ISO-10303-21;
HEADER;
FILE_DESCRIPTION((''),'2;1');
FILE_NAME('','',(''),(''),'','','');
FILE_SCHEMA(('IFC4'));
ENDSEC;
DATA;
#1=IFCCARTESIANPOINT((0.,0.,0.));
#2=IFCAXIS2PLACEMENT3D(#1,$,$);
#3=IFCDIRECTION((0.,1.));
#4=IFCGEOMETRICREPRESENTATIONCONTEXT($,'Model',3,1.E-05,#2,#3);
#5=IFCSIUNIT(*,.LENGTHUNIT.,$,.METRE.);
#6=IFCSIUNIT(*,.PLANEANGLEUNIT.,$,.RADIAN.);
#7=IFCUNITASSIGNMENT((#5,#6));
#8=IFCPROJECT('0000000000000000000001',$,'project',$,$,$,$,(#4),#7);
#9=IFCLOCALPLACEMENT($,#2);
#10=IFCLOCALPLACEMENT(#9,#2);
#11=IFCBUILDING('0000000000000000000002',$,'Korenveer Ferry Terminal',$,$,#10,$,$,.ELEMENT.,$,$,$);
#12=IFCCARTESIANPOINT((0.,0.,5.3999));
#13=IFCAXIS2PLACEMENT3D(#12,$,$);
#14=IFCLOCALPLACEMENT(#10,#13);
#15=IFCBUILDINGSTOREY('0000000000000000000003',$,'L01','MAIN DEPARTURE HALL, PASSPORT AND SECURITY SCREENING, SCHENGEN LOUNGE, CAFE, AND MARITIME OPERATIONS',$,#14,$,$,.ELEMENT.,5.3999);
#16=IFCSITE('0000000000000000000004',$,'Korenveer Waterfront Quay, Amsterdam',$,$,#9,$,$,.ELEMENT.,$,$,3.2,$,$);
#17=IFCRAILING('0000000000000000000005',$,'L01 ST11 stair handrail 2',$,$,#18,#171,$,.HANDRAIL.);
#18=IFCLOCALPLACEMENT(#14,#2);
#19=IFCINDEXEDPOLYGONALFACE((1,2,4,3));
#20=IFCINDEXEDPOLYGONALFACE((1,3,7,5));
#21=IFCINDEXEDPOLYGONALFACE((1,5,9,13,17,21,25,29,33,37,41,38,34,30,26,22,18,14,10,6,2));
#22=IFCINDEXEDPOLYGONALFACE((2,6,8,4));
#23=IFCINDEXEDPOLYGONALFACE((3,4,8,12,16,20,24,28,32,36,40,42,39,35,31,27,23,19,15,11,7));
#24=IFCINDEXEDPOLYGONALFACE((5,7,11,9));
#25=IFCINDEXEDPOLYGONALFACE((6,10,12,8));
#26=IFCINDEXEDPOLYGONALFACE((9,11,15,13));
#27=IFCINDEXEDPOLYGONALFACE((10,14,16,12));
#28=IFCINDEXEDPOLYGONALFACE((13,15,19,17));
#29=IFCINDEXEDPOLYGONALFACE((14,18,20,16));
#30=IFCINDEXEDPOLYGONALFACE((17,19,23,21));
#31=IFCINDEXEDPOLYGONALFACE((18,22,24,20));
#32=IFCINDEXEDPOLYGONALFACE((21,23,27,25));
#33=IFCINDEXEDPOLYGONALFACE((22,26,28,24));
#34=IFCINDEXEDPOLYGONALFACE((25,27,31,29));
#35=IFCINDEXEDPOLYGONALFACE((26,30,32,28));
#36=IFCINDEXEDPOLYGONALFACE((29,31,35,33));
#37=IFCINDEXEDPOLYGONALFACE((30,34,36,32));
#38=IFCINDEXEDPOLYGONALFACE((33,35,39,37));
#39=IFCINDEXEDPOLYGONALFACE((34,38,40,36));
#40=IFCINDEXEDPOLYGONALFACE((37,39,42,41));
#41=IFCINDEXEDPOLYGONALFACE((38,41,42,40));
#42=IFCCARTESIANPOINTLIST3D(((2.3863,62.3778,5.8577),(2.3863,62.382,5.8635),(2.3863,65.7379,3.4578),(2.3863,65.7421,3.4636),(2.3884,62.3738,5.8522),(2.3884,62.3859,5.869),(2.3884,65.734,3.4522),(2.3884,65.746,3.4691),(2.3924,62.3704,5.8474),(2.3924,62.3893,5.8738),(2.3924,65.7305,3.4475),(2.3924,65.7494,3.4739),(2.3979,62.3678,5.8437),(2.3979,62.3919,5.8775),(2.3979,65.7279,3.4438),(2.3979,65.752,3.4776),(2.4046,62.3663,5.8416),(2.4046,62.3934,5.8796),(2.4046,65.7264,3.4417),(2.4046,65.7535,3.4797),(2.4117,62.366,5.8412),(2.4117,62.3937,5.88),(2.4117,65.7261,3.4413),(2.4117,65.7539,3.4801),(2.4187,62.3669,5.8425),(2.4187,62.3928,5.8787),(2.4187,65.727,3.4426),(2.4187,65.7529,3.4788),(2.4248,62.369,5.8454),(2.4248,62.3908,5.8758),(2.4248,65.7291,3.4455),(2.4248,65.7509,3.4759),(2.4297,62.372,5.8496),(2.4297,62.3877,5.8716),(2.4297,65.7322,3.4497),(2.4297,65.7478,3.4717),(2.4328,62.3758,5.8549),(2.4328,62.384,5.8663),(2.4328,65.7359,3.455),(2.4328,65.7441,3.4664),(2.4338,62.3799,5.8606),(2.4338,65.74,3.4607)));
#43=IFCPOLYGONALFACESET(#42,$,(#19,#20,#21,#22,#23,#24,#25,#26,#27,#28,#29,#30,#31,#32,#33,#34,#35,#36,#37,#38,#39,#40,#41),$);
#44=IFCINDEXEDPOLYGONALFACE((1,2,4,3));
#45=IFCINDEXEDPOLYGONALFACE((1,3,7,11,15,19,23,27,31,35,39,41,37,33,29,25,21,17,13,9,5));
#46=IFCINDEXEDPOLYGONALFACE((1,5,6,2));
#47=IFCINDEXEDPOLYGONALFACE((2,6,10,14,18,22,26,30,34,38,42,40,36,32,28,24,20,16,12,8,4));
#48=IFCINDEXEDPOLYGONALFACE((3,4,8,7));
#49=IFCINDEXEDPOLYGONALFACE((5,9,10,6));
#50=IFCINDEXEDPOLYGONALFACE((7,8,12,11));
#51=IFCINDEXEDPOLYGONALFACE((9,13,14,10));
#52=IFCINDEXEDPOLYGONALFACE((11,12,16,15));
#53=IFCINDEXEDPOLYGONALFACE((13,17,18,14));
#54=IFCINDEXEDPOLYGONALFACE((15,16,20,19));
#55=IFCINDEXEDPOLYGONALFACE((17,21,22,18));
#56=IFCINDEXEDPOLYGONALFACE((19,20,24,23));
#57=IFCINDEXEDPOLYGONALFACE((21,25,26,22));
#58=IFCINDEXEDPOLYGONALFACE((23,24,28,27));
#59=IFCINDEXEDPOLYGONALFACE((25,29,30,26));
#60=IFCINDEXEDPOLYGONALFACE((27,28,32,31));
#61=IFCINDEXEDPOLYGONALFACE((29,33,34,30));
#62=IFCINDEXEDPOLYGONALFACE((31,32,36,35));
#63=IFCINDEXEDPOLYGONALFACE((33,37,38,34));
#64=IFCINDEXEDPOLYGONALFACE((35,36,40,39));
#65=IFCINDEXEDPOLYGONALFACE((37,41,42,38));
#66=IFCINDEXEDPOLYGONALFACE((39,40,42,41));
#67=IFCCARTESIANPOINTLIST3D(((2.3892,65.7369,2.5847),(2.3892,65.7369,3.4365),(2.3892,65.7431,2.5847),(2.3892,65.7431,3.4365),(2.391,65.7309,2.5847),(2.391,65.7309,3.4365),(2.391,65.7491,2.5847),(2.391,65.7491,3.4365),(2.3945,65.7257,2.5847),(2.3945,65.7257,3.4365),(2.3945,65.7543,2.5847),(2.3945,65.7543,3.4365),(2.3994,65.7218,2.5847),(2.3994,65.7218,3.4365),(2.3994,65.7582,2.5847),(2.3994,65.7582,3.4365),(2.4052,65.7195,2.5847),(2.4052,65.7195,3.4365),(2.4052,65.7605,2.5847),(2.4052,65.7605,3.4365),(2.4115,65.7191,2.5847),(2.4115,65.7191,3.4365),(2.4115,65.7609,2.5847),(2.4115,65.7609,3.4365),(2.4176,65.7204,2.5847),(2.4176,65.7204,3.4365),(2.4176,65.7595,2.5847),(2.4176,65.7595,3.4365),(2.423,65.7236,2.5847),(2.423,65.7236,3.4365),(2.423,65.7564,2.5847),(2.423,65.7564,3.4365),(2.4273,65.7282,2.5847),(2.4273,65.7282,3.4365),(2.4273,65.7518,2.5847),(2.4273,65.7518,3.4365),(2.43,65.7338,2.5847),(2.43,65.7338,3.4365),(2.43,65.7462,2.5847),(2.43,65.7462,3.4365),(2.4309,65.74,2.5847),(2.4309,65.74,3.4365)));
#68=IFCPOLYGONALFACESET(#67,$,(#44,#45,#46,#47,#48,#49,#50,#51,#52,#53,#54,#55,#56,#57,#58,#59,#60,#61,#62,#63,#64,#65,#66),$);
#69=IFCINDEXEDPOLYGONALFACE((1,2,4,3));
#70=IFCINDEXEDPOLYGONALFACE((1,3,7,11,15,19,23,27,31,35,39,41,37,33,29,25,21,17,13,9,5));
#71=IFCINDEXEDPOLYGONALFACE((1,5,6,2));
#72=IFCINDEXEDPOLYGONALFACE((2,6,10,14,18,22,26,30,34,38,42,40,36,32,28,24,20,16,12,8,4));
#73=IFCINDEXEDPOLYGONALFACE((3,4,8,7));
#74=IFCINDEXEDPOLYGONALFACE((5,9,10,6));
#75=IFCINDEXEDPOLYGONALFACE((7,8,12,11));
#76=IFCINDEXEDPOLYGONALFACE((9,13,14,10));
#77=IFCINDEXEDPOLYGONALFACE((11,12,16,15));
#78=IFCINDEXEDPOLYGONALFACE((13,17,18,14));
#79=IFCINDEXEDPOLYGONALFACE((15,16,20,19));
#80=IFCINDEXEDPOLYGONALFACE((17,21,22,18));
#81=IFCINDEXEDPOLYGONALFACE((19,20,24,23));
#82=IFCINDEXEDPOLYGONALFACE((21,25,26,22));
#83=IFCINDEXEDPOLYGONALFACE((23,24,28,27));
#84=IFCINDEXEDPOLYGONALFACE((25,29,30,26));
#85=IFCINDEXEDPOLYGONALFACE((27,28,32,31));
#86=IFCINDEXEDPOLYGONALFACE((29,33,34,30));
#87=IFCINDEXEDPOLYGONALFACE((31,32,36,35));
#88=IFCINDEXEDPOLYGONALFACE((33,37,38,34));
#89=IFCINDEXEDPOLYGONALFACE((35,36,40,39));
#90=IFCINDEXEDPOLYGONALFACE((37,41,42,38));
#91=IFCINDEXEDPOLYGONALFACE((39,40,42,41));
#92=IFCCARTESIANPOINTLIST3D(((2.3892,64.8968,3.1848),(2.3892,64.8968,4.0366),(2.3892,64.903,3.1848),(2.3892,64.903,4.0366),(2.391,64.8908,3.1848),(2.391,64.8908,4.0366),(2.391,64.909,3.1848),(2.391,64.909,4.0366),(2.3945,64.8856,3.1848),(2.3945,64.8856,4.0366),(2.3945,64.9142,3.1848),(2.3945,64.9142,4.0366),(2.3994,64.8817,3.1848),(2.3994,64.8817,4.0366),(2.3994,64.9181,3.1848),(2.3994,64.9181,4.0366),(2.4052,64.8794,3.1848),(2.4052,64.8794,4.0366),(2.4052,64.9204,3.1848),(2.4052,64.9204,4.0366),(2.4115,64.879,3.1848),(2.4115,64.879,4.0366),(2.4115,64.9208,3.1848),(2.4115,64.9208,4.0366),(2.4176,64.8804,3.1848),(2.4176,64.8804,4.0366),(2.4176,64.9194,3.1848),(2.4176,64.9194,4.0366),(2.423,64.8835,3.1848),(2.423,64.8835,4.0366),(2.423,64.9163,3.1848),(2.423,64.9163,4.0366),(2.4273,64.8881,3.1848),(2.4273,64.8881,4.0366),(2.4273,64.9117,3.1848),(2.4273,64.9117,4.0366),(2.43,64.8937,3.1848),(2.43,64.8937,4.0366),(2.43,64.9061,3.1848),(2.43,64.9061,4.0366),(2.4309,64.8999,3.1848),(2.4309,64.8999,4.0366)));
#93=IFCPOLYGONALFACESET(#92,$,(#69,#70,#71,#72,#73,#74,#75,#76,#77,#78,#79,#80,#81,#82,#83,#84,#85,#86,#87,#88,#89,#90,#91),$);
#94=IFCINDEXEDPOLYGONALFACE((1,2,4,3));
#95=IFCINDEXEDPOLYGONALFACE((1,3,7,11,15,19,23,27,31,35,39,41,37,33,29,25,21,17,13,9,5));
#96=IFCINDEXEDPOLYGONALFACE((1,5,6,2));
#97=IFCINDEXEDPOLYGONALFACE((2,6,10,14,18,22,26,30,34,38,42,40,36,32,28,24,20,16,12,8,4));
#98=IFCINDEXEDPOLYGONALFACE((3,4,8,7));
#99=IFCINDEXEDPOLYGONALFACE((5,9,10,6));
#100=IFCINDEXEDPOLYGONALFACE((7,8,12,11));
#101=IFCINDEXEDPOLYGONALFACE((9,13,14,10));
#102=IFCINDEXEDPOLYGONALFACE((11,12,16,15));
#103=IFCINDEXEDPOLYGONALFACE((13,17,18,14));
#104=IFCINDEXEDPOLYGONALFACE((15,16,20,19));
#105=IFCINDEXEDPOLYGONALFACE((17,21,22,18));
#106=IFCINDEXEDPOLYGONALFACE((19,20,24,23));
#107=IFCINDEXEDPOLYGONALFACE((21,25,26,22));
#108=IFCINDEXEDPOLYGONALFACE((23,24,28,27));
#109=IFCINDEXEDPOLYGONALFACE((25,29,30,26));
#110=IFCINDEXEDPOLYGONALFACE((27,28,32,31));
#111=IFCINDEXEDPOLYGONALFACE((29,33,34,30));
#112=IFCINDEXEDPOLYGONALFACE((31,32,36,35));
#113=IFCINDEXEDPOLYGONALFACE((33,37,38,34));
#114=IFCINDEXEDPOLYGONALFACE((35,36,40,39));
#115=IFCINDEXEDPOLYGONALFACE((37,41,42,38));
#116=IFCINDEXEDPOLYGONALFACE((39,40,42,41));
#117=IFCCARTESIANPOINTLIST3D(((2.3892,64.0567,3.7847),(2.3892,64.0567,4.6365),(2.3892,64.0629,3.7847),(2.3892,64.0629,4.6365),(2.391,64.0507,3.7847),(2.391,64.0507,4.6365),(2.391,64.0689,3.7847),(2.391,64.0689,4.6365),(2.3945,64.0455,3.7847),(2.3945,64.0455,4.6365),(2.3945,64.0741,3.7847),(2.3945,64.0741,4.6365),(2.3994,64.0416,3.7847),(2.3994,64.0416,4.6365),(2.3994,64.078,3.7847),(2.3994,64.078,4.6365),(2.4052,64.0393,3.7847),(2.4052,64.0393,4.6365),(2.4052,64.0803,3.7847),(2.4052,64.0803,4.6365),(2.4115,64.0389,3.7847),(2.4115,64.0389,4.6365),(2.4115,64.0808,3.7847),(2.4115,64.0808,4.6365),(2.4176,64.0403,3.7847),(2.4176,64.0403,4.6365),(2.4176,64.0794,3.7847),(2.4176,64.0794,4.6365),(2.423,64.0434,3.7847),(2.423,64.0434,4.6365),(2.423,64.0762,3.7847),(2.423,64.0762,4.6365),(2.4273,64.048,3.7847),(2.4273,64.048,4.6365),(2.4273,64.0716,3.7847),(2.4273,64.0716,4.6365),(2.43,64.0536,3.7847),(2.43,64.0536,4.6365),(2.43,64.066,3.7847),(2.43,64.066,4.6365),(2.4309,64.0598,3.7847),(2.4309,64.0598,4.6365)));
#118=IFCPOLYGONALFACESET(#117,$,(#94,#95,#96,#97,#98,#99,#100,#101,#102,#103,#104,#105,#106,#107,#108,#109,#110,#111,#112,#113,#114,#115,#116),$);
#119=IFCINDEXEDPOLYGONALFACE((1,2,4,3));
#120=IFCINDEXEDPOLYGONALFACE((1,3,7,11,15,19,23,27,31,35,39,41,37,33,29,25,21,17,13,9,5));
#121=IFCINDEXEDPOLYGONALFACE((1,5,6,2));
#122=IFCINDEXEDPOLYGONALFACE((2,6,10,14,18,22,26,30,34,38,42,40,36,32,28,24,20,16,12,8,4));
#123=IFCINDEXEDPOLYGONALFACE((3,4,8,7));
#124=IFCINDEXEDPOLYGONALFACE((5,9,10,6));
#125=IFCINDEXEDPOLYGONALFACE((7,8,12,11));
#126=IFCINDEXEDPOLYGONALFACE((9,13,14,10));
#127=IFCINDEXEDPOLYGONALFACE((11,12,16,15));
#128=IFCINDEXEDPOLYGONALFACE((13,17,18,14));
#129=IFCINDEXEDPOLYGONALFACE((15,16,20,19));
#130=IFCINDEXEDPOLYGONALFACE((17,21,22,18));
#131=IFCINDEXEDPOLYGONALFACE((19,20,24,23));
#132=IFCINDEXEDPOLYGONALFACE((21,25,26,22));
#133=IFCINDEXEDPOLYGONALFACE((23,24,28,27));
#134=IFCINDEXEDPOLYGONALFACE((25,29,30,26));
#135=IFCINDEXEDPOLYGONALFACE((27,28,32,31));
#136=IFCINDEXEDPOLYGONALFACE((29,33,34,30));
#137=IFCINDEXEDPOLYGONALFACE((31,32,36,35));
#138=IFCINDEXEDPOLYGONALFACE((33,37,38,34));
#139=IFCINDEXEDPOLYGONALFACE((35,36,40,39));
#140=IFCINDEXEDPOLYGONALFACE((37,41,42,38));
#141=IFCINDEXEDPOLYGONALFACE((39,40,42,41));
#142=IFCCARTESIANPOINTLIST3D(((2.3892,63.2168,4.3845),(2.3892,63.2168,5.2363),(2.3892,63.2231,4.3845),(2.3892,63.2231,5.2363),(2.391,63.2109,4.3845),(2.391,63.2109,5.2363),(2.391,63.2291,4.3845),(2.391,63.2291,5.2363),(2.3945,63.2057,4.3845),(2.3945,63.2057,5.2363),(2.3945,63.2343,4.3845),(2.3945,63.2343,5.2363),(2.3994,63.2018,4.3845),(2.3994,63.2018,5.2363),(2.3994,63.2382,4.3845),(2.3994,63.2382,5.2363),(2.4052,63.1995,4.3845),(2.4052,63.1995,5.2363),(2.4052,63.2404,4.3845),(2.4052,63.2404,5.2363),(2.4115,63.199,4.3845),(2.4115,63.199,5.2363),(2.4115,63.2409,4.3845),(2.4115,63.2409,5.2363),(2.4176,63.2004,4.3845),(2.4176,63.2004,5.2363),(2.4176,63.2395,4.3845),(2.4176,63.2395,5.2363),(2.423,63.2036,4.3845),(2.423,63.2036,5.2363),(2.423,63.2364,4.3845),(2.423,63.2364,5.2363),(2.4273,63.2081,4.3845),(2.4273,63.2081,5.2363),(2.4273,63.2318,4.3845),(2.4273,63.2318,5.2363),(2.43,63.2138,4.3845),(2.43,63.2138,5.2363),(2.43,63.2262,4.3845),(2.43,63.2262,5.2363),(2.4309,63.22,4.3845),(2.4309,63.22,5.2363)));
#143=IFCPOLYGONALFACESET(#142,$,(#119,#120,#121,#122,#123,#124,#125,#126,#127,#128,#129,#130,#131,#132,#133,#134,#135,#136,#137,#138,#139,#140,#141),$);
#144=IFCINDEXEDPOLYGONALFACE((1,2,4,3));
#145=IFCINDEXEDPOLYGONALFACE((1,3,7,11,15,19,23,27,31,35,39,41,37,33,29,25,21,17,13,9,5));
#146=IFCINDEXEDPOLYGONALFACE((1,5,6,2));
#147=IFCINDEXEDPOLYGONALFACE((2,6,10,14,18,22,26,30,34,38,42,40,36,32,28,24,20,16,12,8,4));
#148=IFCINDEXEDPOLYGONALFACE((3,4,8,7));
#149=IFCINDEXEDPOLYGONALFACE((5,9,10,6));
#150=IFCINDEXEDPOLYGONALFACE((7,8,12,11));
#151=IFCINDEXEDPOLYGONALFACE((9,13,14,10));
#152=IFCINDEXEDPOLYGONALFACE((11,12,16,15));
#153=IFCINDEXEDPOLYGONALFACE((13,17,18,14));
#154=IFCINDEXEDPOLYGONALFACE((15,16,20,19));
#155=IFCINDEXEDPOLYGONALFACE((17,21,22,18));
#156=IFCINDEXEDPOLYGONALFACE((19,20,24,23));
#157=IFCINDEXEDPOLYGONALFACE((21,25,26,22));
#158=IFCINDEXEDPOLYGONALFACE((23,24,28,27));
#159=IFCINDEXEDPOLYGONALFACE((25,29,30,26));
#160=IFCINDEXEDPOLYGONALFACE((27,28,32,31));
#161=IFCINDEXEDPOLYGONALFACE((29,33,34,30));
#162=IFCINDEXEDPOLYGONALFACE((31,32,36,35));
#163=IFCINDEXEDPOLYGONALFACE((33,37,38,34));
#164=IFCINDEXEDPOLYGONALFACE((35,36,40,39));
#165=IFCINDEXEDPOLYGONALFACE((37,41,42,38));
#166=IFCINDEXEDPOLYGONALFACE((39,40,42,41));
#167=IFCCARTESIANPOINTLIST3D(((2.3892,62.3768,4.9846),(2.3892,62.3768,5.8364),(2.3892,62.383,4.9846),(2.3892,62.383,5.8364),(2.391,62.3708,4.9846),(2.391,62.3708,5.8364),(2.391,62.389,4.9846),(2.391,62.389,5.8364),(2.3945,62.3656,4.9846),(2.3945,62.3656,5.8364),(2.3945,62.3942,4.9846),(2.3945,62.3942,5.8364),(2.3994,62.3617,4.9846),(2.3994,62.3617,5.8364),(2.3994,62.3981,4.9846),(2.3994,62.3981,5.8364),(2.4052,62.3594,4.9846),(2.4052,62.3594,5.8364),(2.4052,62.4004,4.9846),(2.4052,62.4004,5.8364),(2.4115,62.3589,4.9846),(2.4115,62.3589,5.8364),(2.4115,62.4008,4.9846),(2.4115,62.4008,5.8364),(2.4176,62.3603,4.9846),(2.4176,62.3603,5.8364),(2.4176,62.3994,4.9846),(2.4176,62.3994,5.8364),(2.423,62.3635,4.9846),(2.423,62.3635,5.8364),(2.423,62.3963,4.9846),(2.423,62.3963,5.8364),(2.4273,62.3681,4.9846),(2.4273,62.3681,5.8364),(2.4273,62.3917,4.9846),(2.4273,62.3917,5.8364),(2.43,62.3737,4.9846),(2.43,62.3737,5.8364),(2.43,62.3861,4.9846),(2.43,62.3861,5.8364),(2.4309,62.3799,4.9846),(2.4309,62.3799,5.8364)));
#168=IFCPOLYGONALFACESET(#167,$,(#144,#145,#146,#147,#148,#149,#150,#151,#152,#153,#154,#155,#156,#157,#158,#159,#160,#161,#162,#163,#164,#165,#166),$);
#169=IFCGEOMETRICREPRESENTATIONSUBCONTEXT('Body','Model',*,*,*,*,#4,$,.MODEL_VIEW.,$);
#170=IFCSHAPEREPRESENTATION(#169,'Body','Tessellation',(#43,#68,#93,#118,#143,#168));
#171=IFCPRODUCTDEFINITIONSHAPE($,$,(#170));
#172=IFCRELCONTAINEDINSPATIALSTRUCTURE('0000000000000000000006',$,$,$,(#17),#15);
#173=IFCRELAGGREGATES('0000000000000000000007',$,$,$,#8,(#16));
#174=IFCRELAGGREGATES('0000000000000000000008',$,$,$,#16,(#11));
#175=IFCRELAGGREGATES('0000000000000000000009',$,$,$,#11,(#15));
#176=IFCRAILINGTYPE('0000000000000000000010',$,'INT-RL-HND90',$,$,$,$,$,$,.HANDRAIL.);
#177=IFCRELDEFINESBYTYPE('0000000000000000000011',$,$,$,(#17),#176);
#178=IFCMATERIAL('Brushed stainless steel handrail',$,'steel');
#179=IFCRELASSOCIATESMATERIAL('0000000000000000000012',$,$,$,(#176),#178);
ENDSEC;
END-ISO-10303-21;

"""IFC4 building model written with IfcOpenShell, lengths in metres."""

from ifc_helpers import new_model, si_unit, direction, frame, origin, origin_2d, place, context, subcontext, project, spatial, circle, extrude, material, type_object, element, save


model = new_model("IFC4")

# Units and contexts
model_context = context("Model", 3, precision=1e-05, world=origin(), true_north=direction((0.0, 1.0)))
body_context = subcontext(model_context, "Body", "Model", "MODEL_VIEW")
ifc_project = project(units=[si_unit("LENGTHUNIT", "METRE"), si_unit("PLANEANGLEUNIT", "RADIAN")], contexts=[model_context])

# Site, building, storey
site_placement = place(None, origin())
site = spatial("IfcSite", under=ifc_project, at=site_placement, Name="Korenveer Waterfront Quay, Amsterdam", CompositionType="ELEMENT", RefElevation=3.2)
building_placement = place(site_placement, origin())
building = spatial("IfcBuilding", under=site, at=building_placement, Name="Korenveer Ferry Terminal", CompositionType="ELEMENT")
storey_placement = place(building_placement, frame((0.0, 0.0, 5.3999)))
storey = spatial("IfcBuildingStorey", under=building, at=storey_placement, Name="L01", Description="MAIN DEPARTURE HALL, PASSPORT AND SECURITY SCREENING, SCHENGEN LOUNGE, CAFE, AND MARITIME OPERATIONS", CompositionType="ELEMENT", Elevation=5.3999)

# Railing
ifc_material_1 = material(Name="Brushed stainless steel handrail", Category="steel")
railing_type_1 = type_object("IfcRailingType", Name="INT-RL-HND90", PredefinedType="HANDRAIL", material=ifc_material_1)
railing_1_placement = place(storey_placement, frame((2.4099, 65.74, 2.5847)))
element("IfcRailing", 1, at=railing_1_placement, inside=storey, type_object=railing_type_1, Name="L01 ST11 stair handrail 2", PredefinedType="HANDRAIL", context=body_context, shape_type="SweptSolid", body=[
    extrude(circle(Radius=0.0239, at=origin_2d()), frame((0.0, 0.0, 0.876), z_axis=(0.0, -0.813753, 0.58121), x_axis=(1.0, 0.0, 0.0)), (0.0, 0.0, 1.0), 4.1292),
    extrude(circle(Radius=0.021, at=origin_2d()), origin(), (0.0, 0.0, 1.0), 0.8518),
    extrude(circle(Radius=0.021, at=origin_2d()), frame((0.0, -0.8401, 0.6001)), (0.0, 0.0, 1.0), 0.8518),
    extrude(circle(Radius=0.021, at=origin_2d()), frame((0.0, -1.6802, 1.2)), (0.0, 0.0, 1.0), 0.8518),
    extrude(circle(Radius=0.021, at=origin_2d()), frame((0.0, -2.52, 1.7998)), (0.0, 0.0, 1.0), 0.8518),
    extrude(circle(Radius=0.021, at=origin_2d()), frame((0.0, -3.3601, 2.3999)), (0.0, 0.0, 1.0), 0.8518),
])

save(model, "model.ifc")
